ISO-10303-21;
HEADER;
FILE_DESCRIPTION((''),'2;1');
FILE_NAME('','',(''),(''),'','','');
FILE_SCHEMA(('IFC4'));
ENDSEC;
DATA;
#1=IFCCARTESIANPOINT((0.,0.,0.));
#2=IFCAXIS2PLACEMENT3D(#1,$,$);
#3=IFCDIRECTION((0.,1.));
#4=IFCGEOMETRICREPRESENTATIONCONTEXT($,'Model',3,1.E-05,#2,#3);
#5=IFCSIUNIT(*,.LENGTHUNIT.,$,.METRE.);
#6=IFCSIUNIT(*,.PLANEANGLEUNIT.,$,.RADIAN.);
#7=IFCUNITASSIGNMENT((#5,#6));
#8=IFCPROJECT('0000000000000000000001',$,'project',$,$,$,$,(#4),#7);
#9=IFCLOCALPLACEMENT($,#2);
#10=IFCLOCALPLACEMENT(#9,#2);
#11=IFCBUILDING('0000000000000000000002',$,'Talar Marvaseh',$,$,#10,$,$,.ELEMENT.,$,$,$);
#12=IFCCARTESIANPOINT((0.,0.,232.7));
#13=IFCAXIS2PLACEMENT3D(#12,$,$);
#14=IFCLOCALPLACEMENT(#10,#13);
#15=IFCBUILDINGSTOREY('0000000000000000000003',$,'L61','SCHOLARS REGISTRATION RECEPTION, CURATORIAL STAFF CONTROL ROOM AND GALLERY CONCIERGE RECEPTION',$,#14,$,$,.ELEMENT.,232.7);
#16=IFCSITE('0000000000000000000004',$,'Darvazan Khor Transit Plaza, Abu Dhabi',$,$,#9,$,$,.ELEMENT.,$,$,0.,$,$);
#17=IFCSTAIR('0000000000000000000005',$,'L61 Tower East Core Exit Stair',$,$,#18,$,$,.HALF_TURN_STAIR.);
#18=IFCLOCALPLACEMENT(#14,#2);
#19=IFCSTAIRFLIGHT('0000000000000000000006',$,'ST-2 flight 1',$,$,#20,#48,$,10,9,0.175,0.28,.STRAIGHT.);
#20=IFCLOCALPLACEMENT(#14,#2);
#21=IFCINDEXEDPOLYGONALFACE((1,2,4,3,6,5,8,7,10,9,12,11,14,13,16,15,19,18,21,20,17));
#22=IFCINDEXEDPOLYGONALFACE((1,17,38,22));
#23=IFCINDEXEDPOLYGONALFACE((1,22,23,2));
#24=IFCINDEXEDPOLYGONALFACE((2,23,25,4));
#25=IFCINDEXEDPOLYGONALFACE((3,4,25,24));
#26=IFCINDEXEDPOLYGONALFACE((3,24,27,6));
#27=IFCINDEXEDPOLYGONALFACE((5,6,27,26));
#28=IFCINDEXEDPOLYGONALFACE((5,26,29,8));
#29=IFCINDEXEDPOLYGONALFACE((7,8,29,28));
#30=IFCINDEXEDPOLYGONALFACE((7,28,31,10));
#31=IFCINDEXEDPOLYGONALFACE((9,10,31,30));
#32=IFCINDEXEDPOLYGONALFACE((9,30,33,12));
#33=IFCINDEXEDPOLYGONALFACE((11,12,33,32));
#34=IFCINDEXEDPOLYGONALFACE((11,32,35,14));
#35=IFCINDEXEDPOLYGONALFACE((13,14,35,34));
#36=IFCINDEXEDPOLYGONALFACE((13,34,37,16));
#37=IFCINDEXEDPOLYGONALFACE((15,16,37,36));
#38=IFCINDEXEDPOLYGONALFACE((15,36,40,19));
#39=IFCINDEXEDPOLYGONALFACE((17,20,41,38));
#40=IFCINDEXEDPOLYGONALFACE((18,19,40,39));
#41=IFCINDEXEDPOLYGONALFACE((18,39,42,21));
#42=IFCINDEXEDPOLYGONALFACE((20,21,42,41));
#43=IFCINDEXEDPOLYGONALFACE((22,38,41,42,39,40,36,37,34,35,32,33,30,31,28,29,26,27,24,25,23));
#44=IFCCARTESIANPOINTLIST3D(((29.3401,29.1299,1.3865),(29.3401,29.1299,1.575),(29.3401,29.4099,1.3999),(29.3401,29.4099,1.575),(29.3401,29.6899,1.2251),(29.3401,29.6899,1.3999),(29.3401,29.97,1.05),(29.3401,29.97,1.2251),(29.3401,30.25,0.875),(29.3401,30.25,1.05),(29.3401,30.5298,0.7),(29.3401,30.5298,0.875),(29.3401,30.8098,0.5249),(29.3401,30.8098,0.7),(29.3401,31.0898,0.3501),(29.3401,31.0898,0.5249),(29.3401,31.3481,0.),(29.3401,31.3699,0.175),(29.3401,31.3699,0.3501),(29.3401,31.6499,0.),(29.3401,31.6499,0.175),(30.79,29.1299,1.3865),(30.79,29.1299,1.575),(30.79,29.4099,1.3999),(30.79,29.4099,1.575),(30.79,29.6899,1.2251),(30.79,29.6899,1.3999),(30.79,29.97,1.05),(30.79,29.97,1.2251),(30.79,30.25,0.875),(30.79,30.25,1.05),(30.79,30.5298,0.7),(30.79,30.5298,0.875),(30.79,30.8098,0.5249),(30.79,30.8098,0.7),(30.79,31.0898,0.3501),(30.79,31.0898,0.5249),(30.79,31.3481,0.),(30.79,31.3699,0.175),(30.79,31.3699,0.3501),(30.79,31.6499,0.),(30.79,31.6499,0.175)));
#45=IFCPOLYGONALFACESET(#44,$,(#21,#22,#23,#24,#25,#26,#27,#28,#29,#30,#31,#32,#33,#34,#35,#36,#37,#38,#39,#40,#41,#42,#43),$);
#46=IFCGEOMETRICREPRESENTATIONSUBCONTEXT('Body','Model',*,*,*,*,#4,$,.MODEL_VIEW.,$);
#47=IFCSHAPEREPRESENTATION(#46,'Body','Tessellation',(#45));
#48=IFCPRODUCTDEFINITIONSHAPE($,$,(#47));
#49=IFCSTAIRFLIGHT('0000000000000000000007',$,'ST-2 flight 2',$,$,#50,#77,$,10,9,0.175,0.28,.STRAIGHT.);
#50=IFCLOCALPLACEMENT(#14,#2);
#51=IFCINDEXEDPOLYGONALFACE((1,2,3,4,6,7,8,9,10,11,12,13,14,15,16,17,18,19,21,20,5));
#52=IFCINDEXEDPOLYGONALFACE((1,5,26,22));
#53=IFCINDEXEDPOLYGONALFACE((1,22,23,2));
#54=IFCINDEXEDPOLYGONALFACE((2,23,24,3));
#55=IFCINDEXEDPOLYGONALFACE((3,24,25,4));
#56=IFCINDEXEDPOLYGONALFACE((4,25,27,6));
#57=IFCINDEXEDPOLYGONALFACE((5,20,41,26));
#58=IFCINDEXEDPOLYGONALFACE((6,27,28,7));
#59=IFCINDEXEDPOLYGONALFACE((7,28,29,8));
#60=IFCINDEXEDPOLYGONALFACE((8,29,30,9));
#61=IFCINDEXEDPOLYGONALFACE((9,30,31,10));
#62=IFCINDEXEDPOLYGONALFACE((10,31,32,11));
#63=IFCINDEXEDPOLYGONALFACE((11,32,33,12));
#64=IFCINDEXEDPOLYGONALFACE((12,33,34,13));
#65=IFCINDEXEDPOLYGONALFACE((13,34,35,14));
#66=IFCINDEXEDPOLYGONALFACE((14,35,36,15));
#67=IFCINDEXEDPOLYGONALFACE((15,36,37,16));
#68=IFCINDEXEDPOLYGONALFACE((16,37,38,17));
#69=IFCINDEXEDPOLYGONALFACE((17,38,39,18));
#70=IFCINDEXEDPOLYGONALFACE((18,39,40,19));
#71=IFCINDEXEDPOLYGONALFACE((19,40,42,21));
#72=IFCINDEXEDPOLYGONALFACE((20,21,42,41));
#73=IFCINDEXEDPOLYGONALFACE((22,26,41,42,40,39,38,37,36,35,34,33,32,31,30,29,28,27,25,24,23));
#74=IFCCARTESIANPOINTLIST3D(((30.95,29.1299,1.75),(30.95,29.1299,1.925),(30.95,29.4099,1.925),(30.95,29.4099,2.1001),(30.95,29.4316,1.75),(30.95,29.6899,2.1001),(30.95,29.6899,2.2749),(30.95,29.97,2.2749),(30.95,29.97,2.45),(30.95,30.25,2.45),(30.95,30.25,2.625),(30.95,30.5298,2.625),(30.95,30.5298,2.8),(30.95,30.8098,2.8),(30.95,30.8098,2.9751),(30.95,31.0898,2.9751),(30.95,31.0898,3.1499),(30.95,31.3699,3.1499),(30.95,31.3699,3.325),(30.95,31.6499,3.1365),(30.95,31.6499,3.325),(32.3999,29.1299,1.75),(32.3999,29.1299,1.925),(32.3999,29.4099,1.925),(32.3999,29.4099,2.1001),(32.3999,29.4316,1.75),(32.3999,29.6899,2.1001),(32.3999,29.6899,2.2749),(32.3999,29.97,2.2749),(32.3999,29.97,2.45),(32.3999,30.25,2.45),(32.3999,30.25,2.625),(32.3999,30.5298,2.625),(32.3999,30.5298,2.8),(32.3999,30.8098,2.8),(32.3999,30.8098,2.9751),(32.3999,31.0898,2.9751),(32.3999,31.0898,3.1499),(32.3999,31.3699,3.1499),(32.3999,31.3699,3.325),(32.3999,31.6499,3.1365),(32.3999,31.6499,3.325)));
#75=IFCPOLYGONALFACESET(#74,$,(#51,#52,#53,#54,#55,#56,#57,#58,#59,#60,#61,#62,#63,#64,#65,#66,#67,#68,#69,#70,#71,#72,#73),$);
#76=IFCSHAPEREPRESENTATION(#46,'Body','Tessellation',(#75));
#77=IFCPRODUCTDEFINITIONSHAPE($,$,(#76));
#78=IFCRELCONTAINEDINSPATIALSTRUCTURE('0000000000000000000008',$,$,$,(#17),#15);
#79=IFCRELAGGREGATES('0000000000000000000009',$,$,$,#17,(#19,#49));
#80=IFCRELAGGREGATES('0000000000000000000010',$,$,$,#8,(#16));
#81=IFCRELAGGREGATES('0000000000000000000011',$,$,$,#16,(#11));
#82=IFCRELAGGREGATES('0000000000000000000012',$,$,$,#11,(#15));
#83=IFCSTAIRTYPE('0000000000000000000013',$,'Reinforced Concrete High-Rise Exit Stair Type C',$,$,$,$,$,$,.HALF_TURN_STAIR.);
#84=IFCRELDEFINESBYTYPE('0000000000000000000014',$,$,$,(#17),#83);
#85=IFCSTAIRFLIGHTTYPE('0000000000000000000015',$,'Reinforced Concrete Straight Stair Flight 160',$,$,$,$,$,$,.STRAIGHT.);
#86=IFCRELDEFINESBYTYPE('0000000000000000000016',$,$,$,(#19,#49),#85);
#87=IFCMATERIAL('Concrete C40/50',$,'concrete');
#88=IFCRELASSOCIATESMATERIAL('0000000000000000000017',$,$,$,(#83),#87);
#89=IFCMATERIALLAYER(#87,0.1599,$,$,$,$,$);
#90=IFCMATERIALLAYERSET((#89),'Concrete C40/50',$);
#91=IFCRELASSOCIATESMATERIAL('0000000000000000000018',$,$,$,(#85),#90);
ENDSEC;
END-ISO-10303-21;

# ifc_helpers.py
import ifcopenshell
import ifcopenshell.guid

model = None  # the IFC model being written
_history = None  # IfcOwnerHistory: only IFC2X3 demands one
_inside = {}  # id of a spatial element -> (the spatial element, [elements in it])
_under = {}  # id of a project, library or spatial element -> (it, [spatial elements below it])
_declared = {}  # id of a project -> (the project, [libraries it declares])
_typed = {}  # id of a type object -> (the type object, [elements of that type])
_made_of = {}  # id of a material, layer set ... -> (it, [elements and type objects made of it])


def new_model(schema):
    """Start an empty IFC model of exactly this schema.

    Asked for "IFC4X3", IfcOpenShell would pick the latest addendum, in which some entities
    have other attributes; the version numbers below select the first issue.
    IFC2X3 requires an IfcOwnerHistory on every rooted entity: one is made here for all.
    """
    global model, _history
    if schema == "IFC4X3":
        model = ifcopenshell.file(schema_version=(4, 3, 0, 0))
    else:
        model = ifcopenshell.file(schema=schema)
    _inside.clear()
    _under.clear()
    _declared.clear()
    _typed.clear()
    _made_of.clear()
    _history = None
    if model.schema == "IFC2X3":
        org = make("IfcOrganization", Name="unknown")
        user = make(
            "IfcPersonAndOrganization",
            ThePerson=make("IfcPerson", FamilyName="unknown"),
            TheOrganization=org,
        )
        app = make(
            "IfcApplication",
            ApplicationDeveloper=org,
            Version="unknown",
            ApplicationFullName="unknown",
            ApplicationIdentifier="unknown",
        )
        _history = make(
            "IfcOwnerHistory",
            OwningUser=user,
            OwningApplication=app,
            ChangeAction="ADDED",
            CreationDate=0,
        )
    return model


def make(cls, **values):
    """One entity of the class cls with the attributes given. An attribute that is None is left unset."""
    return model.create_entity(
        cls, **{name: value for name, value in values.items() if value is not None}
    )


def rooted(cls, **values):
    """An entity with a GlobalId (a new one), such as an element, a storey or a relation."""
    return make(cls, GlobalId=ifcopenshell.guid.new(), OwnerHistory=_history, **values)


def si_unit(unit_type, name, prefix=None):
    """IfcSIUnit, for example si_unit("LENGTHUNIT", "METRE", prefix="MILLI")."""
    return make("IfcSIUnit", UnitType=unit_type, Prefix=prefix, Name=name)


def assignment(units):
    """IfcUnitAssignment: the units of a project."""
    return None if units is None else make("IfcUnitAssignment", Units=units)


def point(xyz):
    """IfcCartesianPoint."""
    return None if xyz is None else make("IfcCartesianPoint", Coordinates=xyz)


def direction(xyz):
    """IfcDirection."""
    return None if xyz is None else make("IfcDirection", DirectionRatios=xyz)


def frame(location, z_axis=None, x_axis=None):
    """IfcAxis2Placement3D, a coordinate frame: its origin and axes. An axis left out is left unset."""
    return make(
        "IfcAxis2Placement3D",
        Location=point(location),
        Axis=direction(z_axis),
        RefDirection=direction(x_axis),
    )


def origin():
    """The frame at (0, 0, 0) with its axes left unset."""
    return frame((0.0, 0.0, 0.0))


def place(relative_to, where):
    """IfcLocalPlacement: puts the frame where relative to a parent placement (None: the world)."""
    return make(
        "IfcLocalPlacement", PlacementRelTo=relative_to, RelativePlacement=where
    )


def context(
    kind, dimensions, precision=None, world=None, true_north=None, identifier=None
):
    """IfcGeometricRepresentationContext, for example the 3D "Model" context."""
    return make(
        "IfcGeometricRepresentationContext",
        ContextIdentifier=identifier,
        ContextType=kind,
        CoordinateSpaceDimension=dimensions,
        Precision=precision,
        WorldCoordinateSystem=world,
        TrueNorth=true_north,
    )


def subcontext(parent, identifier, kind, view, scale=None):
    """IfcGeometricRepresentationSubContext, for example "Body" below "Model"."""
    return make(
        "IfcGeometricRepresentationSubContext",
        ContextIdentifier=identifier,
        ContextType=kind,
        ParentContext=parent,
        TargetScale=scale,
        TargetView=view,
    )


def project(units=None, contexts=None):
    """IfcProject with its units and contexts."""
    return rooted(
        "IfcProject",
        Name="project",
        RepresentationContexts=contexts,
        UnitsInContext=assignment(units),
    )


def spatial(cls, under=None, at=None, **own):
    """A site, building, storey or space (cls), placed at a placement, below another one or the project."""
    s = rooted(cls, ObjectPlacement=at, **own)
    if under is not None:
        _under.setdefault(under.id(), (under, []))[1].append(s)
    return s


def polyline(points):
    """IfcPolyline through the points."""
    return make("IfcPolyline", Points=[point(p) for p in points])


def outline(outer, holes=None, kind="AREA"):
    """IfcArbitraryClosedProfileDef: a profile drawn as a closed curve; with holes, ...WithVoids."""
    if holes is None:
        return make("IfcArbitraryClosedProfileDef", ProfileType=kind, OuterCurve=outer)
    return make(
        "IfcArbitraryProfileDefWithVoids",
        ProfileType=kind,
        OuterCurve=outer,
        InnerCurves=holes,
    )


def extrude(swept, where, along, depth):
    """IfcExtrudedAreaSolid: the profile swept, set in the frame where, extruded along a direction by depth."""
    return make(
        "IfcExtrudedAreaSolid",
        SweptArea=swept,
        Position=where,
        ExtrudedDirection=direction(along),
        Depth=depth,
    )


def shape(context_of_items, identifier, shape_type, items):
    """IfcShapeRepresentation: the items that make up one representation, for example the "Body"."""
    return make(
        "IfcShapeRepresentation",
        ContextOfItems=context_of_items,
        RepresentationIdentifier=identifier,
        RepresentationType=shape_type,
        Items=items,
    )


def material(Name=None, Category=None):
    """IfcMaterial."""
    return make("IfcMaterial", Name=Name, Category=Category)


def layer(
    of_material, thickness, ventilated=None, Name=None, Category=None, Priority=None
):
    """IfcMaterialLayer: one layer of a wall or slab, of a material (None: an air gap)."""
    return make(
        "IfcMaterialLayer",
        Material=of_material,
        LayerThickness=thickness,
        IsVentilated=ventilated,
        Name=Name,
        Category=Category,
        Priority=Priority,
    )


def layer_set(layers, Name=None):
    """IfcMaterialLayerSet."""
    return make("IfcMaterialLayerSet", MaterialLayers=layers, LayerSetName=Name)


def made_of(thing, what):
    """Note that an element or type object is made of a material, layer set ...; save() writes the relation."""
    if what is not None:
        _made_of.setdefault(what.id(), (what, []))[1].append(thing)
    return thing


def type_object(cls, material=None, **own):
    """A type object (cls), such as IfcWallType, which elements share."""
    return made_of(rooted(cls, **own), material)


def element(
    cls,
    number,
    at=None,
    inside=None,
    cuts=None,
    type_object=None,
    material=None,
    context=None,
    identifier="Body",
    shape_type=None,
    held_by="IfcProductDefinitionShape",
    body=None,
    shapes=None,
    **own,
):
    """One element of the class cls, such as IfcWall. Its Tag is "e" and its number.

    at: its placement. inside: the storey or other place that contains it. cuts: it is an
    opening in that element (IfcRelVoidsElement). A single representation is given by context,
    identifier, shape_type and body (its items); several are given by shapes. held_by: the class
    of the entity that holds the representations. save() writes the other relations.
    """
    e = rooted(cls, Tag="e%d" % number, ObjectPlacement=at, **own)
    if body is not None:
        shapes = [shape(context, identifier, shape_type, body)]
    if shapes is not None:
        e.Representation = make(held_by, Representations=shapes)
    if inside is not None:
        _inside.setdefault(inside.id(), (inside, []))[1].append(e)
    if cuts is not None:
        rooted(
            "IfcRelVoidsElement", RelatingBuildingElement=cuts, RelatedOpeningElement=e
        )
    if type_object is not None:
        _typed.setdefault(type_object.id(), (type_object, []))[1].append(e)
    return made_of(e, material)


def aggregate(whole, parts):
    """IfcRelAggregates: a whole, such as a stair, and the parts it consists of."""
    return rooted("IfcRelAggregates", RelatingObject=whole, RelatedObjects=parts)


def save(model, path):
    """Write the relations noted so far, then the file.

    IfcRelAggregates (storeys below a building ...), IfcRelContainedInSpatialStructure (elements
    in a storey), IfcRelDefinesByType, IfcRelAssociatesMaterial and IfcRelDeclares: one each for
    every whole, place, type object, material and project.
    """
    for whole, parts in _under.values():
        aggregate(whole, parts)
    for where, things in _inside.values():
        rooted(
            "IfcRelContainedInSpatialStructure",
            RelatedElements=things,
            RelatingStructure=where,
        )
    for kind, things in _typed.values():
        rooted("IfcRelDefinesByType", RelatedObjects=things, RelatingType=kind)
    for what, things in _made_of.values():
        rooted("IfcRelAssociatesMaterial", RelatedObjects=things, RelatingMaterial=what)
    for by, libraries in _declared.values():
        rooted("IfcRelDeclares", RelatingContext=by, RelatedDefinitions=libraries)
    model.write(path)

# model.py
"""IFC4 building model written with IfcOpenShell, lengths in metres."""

from ifc_helpers import new_model, si_unit, direction, frame, origin, place, context, subcontext, project, spatial, polyline, outline, extrude, material, layer, layer_set, type_object, element, aggregate, save


model = new_model("IFC4")

# Units and contexts
model_context = context("Model", 3, precision=1e-05, world=origin(), true_north=direction((0.0, 1.0)))
body_context = subcontext(model_context, "Body", "Model", "MODEL_VIEW")
ifc_project = project(units=[si_unit("LENGTHUNIT", "METRE"), si_unit("PLANEANGLEUNIT", "RADIAN")], contexts=[model_context])

# Site, building, storey
site_placement = place(None, origin())
site = spatial("IfcSite", under=ifc_project, at=site_placement, Name="Darvazan Khor Transit Plaza, Abu Dhabi", CompositionType="ELEMENT", RefElevation=0.0)
building_placement = place(site_placement, origin())
building = spatial("IfcBuilding", under=site, at=building_placement, Name="Talar Marvaseh", CompositionType="ELEMENT")
storey_placement = place(building_placement, frame((0.0, 0.0, 232.7)))
storey = spatial("IfcBuildingStorey", under=building, at=storey_placement, Name="L61", Description="SCHOLARS REGISTRATION RECEPTION, CURATORIAL STAFF CONTROL ROOM AND GALLERY CONCIERGE RECEPTION", CompositionType="ELEMENT", Elevation=232.7)

# Shared definitions
ifc_material_1 = material(Name="Concrete C40/50", Category="concrete")

# Stair, stair flights
stair_type = type_object("IfcStairType", Name="Reinforced Concrete High-Rise Exit Stair Type C", PredefinedType="HALF_TURN_STAIR", material=ifc_material_1)
stair_placement = place(storey_placement, origin())
stair = element("IfcStair", 1, at=stair_placement, inside=storey, type_object=stair_type, Name="L61 Tower East Core Exit Stair", PredefinedType="HALF_TURN_STAIR")
ifc_layer_1 = layer(ifc_material_1, 0.1599)
ifc_layer_set_1 = layer_set([ifc_layer_1], Name="Concrete C40/50")
stair_flight_type = type_object("IfcStairFlightType", Name="Reinforced Concrete Straight Stair Flight 160", PredefinedType="STRAIGHT", material=ifc_layer_set_1)
stair_flight_1_placement = place(storey_placement, frame((30.0649, 31.6499, 0.0), z_axis=(0.0, 0.0, 1.0), x_axis=(0.0, -1.0, 0.0)))
stair_flight_1 = element("IfcStairFlight", 2, at=stair_flight_1_placement, type_object=stair_flight_type, Name="ST-2 flight 1", NumberOfRisers=10, NumberOfTreads=9, PredefinedType="STRAIGHT", RiserHeight=0.175, TreadLength=0.28, context=body_context, shape_type="SweptSolid", body=[
    extrude(outline(polyline([(0.0, 0.0), (0.0, 0.175), (0.28, 0.175), (0.28, 0.3501), (0.5601, 0.3501), (0.5601, 0.5249), (0.8401, 0.5249), (0.8401, 0.7), (1.1201, 0.7), (1.1201, 0.875), (1.3999, 0.875), (1.3999, 1.05), (1.6799, 1.05), (1.6799, 1.2251), (1.96, 1.2251), (1.96, 1.3999), (2.24, 1.3999), (2.24, 1.575), (2.52, 1.575), (2.52, 1.75), (2.52, 1.3865), (0.3018, 0.0), (0.0, 0.0)])), frame((0.0, 0.7251, 0.0), z_axis=(0.0, -1.0, 0.0), x_axis=(1.0, 0.0, 0.0)), (0.0, 0.0, 1.0), 1.45),
])
stair_flight_2_placement = place(storey_placement, frame((31.675, 29.1299, 1.75), z_axis=(0.0, 0.0, 1.0), x_axis=(0.0, 1.0, 0.0)))
stair_flight_2 = element("IfcStairFlight", 3, at=stair_flight_2_placement, type_object=stair_flight_type, Name="ST-2 flight 2", NumberOfRisers=10, NumberOfTreads=9, PredefinedType="STRAIGHT", RiserHeight=0.175, TreadLength=0.28, context=body_context, shape_type="SweptSolid", body=[
    extrude(outline(polyline([(0.0, 0.0), (0.0, 0.175), (0.28, 0.175), (0.28, 0.3501), (0.5601, 0.3501), (0.5601, 0.5249), (0.8401, 0.5249), (0.8401, 0.7), (1.1201, 0.7), (1.1201, 0.875), (1.3999, 0.875), (1.3999, 1.05), (1.6799, 1.05), (1.6799, 1.2251), (1.96, 1.2251), (1.96, 1.3999), (2.24, 1.3999), (2.24, 1.575), (2.52, 1.575), (2.52, 1.75), (2.52, 1.3865), (0.3018, 0.0), (0.0, 0.0)])), frame((0.0, 0.7251, 0.0), z_axis=(0.0, -1.0, 0.0), x_axis=(1.0, 0.0, 0.0)), (0.0, 0.0, 1.0), 1.45),
])
aggregate(stair, [stair_flight_1, stair_flight_2])

save(model, "model.ifc")
